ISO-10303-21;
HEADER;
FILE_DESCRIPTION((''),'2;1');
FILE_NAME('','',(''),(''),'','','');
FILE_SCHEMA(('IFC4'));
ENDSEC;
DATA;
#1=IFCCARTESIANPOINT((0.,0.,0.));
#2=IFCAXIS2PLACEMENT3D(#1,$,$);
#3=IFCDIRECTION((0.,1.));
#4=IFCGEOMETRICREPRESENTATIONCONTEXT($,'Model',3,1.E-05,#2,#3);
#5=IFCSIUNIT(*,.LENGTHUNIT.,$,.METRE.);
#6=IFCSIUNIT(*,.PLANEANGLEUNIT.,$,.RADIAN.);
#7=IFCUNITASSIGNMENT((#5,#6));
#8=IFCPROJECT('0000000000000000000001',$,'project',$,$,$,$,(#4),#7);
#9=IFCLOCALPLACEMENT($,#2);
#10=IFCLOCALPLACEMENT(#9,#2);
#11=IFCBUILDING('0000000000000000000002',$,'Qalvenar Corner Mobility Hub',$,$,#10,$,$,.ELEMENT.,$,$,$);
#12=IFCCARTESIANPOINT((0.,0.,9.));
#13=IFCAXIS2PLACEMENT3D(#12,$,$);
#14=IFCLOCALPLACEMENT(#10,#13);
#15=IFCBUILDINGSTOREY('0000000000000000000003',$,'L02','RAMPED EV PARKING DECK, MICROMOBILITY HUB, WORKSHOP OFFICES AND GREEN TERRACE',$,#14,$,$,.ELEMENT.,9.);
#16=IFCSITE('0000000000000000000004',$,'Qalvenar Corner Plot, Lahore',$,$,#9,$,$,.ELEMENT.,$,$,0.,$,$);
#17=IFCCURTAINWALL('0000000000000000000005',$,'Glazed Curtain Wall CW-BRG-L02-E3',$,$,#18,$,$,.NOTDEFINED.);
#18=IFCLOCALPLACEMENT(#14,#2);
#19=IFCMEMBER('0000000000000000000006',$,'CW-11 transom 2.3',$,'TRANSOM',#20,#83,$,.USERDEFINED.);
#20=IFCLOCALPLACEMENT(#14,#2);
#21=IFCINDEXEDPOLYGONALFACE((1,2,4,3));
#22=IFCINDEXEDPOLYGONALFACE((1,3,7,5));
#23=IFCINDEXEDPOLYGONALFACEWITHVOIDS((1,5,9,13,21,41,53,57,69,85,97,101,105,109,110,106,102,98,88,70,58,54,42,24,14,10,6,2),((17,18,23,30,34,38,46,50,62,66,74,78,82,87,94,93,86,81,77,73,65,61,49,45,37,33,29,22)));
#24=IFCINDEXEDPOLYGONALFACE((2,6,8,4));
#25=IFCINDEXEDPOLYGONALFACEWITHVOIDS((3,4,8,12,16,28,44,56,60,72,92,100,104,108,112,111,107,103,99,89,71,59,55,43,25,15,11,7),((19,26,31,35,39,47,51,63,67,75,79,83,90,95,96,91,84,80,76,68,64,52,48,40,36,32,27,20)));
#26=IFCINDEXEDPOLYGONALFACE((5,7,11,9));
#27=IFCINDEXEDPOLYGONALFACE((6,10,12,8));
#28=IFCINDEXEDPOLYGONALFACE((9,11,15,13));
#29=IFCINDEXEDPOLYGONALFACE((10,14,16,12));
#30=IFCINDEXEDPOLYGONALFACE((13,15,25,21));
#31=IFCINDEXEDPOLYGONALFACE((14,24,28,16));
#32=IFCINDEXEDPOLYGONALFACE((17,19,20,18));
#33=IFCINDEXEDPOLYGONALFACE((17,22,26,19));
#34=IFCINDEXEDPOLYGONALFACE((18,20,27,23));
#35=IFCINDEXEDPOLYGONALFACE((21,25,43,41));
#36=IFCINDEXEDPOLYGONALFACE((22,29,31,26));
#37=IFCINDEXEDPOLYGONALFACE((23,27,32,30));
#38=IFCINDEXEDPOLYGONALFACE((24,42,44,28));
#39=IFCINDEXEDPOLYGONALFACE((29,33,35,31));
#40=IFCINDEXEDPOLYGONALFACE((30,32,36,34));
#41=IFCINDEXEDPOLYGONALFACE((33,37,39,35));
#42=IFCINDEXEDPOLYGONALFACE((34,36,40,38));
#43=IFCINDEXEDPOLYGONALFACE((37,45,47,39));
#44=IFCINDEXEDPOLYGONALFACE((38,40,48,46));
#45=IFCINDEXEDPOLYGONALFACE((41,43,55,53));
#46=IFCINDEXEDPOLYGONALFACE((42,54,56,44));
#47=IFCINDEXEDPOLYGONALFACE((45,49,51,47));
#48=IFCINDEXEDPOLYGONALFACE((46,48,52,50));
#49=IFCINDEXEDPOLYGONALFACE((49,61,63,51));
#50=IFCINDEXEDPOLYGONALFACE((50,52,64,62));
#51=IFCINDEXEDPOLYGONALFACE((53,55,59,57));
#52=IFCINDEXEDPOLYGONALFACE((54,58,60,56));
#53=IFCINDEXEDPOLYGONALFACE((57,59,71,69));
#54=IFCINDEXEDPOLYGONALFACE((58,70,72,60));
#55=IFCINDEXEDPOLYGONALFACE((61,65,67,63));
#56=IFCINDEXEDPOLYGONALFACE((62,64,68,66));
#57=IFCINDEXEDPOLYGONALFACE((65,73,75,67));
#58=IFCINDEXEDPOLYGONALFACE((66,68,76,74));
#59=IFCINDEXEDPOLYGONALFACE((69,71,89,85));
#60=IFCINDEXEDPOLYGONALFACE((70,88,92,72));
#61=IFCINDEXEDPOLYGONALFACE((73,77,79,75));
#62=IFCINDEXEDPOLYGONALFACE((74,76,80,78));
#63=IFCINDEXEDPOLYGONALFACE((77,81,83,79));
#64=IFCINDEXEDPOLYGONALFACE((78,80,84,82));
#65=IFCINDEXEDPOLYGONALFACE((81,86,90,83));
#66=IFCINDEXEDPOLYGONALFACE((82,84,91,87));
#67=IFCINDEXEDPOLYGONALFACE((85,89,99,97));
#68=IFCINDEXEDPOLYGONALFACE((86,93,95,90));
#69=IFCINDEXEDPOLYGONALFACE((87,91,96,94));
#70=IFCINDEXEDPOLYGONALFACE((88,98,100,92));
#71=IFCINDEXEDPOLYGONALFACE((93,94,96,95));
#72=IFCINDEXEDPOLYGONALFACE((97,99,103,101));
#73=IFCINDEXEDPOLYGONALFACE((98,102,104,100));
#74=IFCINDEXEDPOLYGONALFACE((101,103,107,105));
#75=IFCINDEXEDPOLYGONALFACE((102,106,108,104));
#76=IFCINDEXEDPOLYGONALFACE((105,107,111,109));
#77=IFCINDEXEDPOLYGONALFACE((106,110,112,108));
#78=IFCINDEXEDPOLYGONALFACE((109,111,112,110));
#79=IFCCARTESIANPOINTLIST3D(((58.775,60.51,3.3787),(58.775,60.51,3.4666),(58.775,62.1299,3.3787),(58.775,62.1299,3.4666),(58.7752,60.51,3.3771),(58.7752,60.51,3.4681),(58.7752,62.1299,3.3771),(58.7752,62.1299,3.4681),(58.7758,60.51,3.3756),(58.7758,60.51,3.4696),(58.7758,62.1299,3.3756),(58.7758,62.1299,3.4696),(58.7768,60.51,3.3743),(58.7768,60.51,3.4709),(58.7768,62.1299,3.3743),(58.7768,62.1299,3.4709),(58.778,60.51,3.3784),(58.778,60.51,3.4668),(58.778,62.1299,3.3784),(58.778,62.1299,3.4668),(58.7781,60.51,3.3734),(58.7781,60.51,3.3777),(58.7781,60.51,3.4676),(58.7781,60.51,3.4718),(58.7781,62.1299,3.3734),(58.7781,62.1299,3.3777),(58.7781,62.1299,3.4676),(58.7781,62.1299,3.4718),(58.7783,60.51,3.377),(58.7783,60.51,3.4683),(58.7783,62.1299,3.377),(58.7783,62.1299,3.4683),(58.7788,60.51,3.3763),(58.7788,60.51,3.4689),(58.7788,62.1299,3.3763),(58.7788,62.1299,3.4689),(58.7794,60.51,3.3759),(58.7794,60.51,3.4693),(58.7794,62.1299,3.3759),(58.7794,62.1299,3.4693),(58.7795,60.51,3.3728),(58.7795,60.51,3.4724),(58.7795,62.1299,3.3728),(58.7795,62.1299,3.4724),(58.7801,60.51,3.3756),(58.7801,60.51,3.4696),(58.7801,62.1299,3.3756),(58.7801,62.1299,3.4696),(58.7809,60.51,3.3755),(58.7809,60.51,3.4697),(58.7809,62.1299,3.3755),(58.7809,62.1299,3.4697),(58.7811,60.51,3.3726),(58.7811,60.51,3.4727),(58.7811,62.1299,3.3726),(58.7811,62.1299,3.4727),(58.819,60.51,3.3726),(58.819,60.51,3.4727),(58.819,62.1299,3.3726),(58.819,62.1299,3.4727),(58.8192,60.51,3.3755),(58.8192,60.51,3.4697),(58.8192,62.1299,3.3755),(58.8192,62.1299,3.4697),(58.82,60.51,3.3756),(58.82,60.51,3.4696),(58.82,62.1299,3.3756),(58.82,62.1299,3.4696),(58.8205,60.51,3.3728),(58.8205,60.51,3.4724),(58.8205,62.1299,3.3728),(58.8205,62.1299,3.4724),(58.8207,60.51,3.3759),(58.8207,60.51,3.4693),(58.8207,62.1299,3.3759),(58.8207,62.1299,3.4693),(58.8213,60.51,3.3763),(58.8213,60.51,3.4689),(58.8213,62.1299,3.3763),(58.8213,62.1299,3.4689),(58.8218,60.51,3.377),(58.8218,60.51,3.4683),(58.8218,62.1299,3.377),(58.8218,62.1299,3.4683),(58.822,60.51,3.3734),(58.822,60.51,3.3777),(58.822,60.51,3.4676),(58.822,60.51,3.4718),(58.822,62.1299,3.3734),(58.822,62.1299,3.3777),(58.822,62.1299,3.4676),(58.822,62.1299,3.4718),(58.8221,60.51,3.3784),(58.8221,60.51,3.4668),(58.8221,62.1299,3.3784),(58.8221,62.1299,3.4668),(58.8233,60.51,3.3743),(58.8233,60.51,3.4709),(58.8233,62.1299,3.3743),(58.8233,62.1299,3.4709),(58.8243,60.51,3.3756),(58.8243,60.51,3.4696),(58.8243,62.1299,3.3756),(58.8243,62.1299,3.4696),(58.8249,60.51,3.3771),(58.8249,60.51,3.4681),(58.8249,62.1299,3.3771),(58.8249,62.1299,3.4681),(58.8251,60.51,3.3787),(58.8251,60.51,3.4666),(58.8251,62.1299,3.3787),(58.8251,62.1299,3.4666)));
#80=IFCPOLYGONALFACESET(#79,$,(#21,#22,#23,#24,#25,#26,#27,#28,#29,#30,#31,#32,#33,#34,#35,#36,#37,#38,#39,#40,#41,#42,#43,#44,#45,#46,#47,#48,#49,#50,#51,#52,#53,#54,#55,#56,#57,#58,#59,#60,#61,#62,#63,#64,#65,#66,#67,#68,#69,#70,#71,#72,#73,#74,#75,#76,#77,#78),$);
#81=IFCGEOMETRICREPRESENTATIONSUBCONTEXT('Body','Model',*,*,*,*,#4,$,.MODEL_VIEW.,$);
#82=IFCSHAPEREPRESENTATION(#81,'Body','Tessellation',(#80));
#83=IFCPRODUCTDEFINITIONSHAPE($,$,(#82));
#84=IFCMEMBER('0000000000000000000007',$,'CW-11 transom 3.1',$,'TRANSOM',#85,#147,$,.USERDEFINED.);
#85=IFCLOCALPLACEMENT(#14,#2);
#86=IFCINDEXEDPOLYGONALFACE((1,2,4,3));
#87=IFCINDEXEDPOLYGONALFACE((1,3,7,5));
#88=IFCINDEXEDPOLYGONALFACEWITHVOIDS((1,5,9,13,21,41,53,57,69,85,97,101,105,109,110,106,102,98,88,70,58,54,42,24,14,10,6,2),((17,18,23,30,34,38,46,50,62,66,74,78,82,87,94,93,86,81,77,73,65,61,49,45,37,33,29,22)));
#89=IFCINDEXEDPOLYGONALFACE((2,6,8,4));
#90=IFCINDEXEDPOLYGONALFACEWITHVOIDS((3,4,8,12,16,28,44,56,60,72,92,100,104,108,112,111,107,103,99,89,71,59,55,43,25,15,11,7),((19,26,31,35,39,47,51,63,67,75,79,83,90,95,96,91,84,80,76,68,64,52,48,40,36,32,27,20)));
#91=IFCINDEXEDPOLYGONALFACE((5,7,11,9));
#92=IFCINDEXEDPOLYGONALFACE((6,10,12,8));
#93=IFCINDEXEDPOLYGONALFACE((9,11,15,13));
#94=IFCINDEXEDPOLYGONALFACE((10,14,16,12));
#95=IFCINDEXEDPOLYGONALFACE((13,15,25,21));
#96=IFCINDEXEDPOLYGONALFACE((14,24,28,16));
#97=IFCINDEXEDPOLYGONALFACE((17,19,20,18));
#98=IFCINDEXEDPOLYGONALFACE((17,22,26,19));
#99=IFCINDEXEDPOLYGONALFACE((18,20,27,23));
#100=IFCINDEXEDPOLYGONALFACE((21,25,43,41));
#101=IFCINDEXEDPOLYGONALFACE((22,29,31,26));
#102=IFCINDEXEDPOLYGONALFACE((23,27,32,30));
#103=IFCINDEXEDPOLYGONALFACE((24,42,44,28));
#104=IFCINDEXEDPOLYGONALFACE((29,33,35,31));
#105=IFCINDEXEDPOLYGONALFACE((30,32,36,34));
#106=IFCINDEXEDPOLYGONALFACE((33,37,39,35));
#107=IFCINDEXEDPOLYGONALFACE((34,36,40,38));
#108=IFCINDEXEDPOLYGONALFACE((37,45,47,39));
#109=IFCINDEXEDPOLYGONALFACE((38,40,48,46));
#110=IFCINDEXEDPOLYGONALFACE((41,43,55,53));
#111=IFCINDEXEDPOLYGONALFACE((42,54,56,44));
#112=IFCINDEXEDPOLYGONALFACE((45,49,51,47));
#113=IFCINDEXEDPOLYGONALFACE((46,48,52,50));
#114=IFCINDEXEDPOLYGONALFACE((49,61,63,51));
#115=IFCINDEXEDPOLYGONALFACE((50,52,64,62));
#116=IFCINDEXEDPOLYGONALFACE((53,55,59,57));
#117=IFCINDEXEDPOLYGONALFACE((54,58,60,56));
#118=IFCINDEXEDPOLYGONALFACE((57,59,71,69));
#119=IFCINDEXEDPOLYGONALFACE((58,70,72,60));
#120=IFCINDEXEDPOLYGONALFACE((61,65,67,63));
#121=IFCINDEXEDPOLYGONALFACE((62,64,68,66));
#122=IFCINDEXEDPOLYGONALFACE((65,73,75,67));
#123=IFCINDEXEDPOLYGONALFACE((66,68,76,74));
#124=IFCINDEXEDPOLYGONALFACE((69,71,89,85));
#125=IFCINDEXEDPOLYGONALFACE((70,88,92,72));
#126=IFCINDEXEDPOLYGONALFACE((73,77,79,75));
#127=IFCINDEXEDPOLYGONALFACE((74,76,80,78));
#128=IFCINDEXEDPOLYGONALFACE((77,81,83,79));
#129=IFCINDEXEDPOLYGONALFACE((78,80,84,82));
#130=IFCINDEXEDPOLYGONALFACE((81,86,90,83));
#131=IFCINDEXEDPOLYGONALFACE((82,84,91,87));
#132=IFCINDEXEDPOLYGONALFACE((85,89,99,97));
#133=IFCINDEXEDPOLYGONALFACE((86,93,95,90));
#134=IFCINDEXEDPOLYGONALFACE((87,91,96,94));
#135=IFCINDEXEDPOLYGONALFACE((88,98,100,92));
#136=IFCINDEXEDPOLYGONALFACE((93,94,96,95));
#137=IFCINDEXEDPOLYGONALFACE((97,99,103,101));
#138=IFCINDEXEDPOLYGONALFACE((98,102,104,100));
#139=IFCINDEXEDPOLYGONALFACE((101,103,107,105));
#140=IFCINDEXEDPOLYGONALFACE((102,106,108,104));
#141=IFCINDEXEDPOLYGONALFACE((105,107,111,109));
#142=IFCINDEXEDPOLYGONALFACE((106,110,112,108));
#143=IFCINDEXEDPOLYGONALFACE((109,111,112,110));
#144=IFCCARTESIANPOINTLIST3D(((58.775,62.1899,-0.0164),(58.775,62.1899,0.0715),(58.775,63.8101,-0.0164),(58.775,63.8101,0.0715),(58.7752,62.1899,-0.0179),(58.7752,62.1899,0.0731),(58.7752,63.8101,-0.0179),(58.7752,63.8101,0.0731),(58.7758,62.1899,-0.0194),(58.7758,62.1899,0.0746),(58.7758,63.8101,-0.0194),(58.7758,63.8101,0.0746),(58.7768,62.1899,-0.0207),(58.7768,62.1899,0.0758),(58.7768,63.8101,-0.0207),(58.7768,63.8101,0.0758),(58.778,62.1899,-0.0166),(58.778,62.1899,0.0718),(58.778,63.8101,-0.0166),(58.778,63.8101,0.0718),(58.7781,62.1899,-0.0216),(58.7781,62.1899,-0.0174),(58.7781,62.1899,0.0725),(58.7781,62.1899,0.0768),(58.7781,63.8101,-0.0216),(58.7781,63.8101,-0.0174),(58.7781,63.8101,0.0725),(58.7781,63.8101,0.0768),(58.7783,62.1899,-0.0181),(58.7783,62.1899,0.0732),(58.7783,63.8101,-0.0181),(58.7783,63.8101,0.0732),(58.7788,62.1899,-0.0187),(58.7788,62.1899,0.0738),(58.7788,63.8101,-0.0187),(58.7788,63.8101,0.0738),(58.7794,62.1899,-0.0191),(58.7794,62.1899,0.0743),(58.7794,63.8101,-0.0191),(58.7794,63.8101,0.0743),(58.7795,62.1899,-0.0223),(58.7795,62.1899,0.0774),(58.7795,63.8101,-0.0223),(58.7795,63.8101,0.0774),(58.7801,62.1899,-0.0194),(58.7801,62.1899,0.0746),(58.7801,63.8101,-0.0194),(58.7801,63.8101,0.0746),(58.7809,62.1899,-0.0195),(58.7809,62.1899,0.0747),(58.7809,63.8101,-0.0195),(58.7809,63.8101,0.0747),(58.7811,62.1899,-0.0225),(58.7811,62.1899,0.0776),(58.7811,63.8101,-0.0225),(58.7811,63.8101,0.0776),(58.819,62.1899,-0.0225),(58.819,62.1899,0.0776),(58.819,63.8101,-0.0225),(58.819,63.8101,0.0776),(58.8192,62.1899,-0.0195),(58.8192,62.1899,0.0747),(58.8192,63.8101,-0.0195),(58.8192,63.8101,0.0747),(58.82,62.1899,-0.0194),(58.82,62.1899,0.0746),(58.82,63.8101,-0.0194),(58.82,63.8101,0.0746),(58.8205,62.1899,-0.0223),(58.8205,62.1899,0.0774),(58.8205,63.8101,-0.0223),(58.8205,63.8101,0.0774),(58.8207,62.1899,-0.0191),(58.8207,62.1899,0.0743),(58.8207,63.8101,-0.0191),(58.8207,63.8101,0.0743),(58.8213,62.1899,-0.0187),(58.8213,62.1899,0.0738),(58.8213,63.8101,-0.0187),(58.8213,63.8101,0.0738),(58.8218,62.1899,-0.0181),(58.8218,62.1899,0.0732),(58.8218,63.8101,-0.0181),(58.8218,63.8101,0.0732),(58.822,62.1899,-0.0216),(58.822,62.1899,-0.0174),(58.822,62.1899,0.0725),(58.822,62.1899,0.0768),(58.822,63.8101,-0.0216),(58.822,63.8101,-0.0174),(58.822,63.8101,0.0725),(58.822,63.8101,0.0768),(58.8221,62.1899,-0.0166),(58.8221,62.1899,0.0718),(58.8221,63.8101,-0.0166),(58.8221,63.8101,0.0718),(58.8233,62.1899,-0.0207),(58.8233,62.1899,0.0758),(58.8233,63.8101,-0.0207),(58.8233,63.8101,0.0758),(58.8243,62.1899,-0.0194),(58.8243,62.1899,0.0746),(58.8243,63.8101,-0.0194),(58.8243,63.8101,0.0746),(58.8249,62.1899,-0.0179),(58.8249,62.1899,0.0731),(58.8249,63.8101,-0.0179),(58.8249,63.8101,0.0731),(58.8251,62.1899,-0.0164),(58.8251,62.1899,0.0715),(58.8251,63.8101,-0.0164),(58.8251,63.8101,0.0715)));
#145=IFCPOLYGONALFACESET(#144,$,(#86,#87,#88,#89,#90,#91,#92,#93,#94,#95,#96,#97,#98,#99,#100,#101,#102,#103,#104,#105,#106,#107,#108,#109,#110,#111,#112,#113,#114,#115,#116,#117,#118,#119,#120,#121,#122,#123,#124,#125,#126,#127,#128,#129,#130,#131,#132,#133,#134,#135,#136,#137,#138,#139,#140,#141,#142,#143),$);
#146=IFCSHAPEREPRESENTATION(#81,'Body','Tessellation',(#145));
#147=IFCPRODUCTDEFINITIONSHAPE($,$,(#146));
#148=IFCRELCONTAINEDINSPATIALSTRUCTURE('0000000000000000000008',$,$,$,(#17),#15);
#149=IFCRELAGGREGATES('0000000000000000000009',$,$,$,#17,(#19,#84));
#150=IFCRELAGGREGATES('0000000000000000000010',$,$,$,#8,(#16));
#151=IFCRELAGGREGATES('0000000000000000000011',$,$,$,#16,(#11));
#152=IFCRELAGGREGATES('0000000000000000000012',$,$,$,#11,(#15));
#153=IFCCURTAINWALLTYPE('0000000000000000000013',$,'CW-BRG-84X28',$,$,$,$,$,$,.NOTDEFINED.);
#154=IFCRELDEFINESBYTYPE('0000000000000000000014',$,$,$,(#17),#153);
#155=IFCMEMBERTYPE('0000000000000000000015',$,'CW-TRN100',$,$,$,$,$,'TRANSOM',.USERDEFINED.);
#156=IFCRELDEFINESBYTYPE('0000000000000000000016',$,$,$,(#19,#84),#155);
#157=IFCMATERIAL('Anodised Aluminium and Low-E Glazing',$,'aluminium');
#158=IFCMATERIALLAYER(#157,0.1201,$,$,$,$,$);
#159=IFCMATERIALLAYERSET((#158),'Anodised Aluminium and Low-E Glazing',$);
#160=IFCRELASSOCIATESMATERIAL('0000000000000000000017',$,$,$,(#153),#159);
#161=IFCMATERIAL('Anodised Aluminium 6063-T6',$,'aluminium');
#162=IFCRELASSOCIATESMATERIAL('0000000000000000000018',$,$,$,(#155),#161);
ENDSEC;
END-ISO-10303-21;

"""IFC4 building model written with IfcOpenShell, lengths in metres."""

from ifc_helpers import new_model, si_unit, direction, frame, origin, origin_2d, place, context, subcontext, project, spatial, hollow_rectangle, extrude, material, layer, layer_set, material_profile, profile_set, type_object, element, aggregate, save


model = new_model("IFC4")

# Units and contexts
model_context = context("Model", 3, precision=1e-05, world=origin(), true_north=direction((0.0, 1.0)))
body_context = subcontext(model_context, "Body", "Model", "MODEL_VIEW")
ifc_project = project(units=[si_unit("LENGTHUNIT", "METRE"), si_unit("PLANEANGLEUNIT", "RADIAN")], contexts=[model_context])

# Site, building, storey
site_placement = place(None, origin())
site = spatial("IfcSite", under=ifc_project, at=site_placement, Name="Qalvenar Corner Plot, Lahore", CompositionType="ELEMENT", RefElevation=0.0)
building_placement = place(site_placement, origin())
building = spatial("IfcBuilding", under=site, at=building_placement, Name="Qalvenar Corner Mobility Hub", CompositionType="ELEMENT")
storey_placement = place(building_placement, frame((0.0, 0.0, 9.0)))
storey = spatial("IfcBuildingStorey", under=building, at=storey_placement, Name="L02", Description="RAMPED EV PARKING DECK, MICROMOBILITY HUB, WORKSHOP OFFICES AND GREEN TERRACE", CompositionType="ELEMENT", Elevation=9.0)

# Curtain wall, members
ifc_material_1 = material(Name="Anodised Aluminium and Low-E Glazing", Category="aluminium")
ifc_layer_1 = layer(ifc_material_1, 0.1201)
ifc_layer_set_1 = layer_set([ifc_layer_1], Name="Anodised Aluminium and Low-E Glazing")
curtain_wall_type = type_object("IfcCurtainWallType", Name="CW-BRG-84X28", PredefinedType="NOTDEFINED", material=ifc_layer_set_1)
curtain_wall_placement = place(storey_placement, origin())
curtain_wall = element("IfcCurtainWall", 1, at=curtain_wall_placement, inside=storey, type_object=curtain_wall_type, Name="Glazed Curtain Wall CW-BRG-L02-E3", PredefinedType="NOTDEFINED")
ifc_material_2 = material(Name="Anodised Aluminium 6063-T6", Category="aluminium")
ifc_material_profile_1 = material_profile(ifc_material_2, hollow_rectangle(XDim=0.05, YDim=0.1001, WallThickness=0.0029, InnerFilletRadius=0.0029, OuterFilletRadius=0.0061, at=origin_2d()), Name="RHS100x50x3")
ifc_profile_set_1 = profile_set([ifc_material_profile_1], Name="Anodised Aluminium 6063-T6")
member_type_1 = type_object("IfcMemberType", Name="CW-TRN100", ElementType="TRANSOM", PredefinedType="USERDEFINED", material=ifc_profile_set_1)
member_1_placement = place(storey_placement, frame((58.8, 60.51, 3.4226), z_axis=(0.0, 1.0, 0.0), x_axis=(-1.0, 0.0, 0.0)))
member_1 = element("IfcMember", 2, at=member_1_placement, type_object=member_type_1, Name="CW-11 transom 2.3", ObjectType="TRANSOM", PredefinedType="USERDEFINED", context=body_context, shape_type="SweptSolid", body=[
    extrude(hollow_rectangle(XDim=0.05, YDim=0.1001, WallThickness=0.0029, InnerFilletRadius=0.0029, OuterFilletRadius=0.0061, at=origin_2d()), origin(), (0.0, 0.0, 1.0), 1.6199),
])
member_2_placement = place(storey_placement, frame((58.8, 62.1899, 0.0276), z_axis=(0.0, 1.0, 0.0), x_axis=(-1.0, 0.0, 0.0)))
member_2 = element("IfcMember", 3, at=member_2_placement, type_object=member_type_1, Name="CW-11 transom 3.1", ObjectType="TRANSOM", PredefinedType="USERDEFINED", context=body_context, shape_type="SweptSolid", body=[
    extrude(hollow_rectangle(XDim=0.05, YDim=0.1001, WallThickness=0.0029, InnerFilletRadius=0.0029, OuterFilletRadius=0.0061, at=origin_2d()), origin(), (0.0, 0.0, 1.0), 1.6201),
])

aggregate(curtain_wall, [member_1, member_2])

save(model, "model.ifc")
